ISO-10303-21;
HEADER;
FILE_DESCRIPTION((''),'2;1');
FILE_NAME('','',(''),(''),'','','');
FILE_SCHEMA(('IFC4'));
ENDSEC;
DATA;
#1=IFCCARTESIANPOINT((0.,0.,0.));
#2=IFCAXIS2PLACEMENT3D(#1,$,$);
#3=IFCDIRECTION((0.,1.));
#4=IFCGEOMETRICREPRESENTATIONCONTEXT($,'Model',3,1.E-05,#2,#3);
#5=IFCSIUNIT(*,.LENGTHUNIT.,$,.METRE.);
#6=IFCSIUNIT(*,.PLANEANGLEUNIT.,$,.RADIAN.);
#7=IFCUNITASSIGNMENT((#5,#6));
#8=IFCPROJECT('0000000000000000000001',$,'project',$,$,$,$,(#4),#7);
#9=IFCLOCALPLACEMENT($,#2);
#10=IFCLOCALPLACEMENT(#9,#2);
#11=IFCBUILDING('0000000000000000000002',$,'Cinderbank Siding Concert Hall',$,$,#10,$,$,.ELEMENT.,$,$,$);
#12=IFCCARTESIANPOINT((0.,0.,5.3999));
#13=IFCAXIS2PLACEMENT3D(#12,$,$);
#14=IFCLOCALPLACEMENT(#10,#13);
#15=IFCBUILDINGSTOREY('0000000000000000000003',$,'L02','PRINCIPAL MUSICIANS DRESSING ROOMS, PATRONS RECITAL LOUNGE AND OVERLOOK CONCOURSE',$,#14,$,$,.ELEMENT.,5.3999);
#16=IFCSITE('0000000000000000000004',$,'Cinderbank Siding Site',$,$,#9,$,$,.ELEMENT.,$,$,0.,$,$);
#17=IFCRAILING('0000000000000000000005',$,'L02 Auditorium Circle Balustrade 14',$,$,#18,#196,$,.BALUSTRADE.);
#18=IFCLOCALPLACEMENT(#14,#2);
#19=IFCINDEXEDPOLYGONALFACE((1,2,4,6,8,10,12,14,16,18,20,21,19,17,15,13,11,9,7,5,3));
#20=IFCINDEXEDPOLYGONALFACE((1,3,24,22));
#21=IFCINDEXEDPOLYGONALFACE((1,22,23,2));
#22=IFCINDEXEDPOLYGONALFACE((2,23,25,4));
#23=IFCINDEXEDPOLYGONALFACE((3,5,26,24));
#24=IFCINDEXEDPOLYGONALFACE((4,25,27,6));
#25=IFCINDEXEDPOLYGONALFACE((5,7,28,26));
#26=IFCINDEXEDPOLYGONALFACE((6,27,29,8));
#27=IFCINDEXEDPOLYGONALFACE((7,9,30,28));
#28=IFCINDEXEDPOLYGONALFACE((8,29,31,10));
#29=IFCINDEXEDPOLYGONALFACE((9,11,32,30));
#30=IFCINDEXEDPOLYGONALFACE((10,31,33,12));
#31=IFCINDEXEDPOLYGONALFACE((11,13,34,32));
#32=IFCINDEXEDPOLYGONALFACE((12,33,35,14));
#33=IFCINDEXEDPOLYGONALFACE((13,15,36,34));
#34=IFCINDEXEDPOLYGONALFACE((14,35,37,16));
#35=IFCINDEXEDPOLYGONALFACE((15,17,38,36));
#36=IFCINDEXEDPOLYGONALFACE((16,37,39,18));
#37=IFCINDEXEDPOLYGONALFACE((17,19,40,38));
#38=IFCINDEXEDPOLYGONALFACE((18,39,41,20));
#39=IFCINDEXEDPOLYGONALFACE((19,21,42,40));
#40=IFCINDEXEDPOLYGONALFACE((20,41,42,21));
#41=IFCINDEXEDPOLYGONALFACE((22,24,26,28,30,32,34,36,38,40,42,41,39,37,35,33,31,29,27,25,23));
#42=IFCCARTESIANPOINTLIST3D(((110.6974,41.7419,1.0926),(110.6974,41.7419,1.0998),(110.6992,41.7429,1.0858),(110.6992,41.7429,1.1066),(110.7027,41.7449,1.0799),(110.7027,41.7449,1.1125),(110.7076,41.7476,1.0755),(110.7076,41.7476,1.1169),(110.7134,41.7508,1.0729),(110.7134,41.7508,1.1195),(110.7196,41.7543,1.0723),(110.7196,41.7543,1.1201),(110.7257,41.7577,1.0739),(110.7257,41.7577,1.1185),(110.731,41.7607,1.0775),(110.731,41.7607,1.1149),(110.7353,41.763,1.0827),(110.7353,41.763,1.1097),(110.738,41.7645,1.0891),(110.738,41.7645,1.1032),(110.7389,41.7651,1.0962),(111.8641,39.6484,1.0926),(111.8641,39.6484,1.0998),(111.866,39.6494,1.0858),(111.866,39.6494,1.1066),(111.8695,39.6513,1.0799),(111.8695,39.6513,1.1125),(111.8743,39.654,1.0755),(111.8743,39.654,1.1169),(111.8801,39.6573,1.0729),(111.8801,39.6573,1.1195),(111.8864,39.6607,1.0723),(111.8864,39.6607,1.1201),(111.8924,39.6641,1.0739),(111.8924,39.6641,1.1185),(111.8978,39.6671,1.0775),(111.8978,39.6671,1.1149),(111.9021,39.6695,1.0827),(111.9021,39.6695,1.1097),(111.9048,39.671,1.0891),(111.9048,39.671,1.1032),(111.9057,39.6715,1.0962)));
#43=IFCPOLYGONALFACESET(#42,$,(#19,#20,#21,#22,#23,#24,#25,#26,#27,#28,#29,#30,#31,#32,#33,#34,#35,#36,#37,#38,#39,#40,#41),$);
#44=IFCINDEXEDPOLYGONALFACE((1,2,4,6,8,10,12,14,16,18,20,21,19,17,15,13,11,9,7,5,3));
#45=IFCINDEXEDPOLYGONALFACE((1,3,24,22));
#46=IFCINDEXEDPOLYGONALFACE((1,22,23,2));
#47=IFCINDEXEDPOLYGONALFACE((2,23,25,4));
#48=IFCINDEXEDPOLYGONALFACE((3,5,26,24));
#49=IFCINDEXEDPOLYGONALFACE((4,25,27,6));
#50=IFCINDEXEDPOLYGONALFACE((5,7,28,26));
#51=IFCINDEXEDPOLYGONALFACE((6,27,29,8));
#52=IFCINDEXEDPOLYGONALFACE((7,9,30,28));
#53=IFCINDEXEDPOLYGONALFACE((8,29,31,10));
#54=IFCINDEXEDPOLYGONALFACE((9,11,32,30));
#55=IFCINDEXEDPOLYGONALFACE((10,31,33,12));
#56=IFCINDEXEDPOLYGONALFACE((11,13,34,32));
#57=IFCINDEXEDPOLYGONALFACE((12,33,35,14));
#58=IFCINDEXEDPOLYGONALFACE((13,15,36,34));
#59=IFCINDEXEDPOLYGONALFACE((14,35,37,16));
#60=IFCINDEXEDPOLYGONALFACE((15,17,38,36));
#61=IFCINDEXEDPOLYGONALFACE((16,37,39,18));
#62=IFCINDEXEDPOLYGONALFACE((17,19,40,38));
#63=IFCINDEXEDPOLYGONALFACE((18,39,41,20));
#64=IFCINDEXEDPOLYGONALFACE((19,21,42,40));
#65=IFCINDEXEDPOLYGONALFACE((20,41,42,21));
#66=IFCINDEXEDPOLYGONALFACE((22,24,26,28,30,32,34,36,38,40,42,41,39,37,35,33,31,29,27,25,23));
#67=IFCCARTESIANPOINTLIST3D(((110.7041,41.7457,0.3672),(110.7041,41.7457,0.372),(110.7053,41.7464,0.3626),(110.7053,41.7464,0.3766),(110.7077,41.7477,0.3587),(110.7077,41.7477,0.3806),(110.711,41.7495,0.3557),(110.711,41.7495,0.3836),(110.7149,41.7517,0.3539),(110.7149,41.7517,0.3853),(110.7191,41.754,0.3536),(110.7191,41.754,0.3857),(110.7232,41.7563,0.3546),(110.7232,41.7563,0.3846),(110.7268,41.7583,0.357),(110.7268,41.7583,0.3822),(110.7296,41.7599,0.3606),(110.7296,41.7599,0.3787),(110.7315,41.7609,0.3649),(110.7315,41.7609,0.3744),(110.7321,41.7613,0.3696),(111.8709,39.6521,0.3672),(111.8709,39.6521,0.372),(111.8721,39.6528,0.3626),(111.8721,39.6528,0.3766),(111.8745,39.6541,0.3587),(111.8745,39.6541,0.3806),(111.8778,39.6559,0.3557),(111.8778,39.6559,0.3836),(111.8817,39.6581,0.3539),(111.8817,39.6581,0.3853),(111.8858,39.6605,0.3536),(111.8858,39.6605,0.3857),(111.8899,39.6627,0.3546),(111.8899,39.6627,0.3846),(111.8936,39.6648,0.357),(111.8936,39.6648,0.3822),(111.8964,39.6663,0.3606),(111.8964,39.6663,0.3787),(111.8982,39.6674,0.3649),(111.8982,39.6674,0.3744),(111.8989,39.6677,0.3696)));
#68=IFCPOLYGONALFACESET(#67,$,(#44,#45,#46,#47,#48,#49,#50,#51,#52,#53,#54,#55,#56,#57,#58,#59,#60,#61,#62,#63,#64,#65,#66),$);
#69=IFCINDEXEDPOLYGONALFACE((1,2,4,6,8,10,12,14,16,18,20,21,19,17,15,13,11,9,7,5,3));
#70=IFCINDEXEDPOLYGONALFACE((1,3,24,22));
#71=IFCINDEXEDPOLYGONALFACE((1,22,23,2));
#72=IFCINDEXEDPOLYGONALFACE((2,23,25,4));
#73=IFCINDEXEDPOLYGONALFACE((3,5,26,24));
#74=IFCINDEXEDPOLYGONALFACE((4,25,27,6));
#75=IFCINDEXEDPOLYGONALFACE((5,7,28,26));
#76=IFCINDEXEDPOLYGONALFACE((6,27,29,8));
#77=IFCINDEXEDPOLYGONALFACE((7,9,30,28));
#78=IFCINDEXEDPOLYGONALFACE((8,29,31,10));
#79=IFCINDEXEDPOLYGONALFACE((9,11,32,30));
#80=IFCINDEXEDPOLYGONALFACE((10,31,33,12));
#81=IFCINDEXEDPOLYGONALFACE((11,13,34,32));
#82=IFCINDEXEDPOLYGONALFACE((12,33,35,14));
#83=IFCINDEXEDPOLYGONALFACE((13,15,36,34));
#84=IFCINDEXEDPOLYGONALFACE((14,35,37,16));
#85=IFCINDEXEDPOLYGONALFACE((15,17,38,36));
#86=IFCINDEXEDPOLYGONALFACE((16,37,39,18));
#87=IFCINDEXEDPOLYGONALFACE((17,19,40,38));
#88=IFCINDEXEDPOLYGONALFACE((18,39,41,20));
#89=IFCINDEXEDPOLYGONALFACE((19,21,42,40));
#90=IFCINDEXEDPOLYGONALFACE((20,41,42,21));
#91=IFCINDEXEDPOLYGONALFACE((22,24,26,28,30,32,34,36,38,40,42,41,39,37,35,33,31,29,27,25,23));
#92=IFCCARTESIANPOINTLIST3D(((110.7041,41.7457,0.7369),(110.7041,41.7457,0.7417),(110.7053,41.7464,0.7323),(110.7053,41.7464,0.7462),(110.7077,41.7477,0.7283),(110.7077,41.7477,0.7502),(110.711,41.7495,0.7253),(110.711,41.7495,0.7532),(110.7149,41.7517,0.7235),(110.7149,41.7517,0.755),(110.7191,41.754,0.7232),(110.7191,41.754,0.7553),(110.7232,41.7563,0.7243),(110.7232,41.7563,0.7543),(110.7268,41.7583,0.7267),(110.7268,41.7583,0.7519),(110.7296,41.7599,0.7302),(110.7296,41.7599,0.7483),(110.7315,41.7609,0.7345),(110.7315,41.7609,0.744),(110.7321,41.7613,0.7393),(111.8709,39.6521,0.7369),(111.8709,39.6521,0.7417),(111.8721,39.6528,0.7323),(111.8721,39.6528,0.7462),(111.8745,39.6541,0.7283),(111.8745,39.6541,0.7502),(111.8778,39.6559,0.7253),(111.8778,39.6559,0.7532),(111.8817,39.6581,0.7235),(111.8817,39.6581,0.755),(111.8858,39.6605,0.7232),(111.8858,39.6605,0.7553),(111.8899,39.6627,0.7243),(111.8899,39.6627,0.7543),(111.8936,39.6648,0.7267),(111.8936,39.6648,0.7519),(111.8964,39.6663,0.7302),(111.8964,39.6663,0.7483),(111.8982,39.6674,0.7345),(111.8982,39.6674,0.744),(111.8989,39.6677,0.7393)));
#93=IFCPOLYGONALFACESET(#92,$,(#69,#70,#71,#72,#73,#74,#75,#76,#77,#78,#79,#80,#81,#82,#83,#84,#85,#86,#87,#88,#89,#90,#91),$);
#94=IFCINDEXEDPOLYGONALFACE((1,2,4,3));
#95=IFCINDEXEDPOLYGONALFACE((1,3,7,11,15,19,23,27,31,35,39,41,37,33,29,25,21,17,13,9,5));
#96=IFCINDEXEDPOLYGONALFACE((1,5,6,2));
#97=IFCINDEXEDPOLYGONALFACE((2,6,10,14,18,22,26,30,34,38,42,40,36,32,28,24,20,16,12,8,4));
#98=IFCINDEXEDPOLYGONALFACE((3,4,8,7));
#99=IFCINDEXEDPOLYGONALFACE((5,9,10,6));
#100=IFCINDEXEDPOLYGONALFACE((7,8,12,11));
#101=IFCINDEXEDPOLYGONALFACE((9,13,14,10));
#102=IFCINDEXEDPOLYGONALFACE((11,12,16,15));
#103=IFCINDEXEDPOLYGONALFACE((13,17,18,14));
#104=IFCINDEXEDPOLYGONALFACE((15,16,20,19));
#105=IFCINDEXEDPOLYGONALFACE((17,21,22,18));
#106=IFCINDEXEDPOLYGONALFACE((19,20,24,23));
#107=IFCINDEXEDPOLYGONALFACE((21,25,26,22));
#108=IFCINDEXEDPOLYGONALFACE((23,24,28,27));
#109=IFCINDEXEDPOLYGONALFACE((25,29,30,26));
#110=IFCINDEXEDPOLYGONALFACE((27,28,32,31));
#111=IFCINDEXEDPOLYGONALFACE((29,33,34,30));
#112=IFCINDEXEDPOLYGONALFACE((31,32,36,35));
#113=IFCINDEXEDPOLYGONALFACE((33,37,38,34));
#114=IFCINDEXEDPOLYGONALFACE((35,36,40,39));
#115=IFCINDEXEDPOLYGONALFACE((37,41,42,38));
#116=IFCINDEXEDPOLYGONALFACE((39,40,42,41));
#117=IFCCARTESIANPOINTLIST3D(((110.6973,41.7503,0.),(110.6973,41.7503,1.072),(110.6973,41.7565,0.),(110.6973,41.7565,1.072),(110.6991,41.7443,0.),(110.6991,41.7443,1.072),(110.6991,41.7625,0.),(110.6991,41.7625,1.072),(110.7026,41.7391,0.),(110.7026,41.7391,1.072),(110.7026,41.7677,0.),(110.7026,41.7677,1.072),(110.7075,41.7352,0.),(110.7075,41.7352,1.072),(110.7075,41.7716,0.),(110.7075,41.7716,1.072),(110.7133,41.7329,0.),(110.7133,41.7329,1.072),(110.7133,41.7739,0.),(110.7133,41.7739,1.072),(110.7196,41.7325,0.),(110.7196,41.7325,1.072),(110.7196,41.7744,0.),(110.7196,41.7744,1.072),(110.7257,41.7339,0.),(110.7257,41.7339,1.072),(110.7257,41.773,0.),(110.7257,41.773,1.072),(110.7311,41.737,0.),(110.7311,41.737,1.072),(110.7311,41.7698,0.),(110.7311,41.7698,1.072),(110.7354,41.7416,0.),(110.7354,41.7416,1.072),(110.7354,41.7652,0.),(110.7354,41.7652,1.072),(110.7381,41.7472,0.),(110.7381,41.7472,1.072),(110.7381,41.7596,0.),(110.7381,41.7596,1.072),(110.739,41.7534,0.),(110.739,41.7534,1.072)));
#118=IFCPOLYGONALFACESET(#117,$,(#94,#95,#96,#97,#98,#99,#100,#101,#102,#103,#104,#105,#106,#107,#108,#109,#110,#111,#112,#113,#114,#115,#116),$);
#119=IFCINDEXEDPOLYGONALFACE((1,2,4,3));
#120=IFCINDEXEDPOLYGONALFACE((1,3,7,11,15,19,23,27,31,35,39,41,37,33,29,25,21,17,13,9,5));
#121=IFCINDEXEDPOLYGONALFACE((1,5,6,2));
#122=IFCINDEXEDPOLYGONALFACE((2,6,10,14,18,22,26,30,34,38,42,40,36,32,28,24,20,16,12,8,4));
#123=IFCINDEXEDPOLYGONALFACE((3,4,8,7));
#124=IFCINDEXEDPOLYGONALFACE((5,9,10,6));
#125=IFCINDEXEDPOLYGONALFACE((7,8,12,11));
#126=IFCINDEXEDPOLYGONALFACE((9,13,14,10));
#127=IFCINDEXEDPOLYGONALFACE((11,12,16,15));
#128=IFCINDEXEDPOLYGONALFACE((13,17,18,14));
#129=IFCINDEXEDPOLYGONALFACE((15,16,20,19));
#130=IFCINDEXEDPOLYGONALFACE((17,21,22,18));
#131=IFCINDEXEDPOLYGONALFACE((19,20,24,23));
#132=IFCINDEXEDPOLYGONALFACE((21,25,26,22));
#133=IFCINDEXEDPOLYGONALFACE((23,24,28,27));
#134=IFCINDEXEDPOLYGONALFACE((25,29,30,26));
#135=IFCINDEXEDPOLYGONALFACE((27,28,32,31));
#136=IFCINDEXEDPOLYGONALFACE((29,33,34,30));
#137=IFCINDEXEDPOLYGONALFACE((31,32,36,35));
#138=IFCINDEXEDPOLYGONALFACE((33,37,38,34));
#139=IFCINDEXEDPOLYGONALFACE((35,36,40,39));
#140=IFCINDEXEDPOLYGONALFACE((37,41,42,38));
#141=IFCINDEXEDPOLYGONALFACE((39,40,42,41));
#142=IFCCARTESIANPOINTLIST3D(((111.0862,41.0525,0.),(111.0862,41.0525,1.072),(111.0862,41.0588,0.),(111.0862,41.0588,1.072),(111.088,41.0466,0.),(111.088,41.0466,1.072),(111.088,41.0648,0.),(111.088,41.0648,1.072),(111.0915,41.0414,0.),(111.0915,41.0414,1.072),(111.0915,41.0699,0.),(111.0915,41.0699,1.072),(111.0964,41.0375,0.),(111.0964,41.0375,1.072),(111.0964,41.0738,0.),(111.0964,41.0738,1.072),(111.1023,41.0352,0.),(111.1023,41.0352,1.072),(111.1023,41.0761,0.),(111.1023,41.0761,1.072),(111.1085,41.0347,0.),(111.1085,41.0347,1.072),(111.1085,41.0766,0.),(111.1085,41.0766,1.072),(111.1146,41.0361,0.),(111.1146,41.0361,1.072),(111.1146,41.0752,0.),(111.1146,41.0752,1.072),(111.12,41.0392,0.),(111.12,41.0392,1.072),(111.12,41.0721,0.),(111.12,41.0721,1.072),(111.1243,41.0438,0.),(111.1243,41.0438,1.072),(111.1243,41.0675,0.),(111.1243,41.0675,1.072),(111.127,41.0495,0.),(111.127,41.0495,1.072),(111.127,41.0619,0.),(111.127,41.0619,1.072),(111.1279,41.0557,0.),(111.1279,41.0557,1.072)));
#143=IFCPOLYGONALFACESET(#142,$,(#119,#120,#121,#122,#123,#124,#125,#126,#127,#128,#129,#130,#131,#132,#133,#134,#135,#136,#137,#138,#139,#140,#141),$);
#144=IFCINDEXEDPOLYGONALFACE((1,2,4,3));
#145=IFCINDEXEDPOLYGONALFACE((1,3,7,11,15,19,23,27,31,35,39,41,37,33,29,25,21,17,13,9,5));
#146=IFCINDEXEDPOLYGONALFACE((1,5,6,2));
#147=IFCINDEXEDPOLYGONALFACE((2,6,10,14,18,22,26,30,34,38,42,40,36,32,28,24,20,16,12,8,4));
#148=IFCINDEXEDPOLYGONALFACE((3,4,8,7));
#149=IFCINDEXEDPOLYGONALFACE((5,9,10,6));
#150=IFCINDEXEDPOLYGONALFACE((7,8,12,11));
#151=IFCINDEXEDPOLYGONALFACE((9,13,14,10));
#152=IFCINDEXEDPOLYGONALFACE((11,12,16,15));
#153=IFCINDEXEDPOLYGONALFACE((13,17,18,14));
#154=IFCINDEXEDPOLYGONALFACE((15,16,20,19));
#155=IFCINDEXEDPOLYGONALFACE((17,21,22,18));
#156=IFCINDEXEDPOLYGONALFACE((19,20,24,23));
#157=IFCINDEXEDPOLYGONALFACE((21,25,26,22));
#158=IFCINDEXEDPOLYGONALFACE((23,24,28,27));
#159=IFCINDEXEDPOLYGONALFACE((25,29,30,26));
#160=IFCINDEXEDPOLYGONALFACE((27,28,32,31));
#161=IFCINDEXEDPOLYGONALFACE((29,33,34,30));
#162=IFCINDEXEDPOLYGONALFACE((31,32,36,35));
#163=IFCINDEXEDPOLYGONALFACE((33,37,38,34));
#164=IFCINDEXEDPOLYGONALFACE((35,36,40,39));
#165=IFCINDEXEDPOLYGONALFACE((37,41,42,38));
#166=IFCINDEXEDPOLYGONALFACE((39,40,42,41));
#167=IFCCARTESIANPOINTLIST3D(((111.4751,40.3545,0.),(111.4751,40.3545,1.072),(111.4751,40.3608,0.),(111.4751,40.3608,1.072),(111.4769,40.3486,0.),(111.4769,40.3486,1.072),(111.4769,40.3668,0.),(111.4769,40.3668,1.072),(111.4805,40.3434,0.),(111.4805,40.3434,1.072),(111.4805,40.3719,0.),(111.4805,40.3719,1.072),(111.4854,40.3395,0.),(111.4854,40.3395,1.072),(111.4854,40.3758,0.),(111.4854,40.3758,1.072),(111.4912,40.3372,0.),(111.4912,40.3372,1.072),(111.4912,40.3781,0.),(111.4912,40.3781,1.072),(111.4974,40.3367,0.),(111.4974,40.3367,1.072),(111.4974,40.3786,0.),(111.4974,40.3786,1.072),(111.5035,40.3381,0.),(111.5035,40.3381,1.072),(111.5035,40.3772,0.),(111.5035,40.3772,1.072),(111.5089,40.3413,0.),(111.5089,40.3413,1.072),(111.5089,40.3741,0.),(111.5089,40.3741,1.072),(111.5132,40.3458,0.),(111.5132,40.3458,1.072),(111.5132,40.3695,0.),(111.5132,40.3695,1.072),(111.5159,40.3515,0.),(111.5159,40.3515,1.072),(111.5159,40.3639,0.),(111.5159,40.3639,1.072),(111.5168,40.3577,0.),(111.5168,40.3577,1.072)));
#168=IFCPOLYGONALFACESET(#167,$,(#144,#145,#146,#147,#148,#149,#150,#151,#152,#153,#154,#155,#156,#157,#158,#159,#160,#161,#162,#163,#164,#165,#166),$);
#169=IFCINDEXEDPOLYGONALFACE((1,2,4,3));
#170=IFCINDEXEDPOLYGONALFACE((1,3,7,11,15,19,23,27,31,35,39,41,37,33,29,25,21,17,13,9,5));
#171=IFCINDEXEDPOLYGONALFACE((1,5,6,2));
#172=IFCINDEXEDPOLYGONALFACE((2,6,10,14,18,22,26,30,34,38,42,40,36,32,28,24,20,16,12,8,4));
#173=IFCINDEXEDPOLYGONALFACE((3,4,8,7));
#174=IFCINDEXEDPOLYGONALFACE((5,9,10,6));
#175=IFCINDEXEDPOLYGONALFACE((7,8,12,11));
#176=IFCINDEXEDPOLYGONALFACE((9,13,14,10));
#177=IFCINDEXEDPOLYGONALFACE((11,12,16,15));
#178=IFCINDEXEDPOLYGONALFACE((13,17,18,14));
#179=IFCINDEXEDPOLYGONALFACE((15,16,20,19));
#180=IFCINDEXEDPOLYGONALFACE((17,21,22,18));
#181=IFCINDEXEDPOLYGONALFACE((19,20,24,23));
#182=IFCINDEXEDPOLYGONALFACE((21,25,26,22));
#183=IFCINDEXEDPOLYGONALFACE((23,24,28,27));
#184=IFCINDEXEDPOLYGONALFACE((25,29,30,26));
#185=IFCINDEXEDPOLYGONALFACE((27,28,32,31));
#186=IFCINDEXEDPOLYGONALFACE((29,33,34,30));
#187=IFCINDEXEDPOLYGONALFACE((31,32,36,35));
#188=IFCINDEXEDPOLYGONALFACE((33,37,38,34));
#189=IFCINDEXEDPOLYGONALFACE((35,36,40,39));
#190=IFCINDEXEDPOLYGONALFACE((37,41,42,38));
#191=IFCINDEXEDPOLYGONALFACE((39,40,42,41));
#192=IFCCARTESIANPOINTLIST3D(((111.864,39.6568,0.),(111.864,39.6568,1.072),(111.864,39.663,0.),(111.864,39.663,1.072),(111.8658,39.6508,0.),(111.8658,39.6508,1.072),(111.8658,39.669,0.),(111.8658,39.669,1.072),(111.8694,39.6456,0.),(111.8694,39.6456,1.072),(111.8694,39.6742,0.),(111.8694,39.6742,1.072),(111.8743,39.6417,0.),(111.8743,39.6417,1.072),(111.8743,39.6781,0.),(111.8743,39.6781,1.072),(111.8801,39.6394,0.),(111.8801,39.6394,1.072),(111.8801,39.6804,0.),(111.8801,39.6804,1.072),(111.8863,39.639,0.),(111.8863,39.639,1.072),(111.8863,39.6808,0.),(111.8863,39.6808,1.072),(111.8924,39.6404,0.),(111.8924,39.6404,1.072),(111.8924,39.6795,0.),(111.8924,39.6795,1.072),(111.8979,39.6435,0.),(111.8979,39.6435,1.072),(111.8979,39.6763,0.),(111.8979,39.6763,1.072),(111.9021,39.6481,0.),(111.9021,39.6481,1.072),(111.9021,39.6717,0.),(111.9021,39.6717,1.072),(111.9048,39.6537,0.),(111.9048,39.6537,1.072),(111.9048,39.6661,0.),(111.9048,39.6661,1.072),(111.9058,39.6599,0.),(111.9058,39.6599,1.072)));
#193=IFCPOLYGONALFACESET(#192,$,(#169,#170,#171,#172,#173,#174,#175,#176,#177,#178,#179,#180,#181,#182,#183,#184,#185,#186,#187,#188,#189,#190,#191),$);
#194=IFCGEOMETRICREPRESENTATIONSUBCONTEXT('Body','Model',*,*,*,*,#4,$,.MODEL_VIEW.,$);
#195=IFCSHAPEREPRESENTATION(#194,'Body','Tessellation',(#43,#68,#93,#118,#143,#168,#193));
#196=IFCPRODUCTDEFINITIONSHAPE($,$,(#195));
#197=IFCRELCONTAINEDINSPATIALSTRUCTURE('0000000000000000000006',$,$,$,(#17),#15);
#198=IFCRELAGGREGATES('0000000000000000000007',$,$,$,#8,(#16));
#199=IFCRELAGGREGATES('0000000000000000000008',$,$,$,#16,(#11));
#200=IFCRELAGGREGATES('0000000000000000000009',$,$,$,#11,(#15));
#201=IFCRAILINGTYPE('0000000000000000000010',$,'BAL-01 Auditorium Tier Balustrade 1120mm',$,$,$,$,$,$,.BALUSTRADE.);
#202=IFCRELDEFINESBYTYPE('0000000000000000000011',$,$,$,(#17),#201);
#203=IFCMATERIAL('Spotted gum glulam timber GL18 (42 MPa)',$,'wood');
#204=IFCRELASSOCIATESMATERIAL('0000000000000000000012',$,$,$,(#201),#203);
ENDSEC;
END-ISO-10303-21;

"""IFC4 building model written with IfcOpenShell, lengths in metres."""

from ifc_helpers import new_model, si_unit, direction, frame, origin, origin_2d, place, context, subcontext, project, spatial, circle, extrude, material, type_object, element, save


model = new_model("IFC4")

# Units and contexts
model_context = context("Model", 3, precision=1e-05, world=origin(), true_north=direction((0.0, 1.0)))
body_context = subcontext(model_context, "Body", "Model", "MODEL_VIEW")
ifc_project = project(units=[si_unit("LENGTHUNIT", "METRE"), si_unit("PLANEANGLEUNIT", "RADIAN")], contexts=[model_context])

# Site, building, storey
site_placement = place(None, origin())
site = spatial("IfcSite", under=ifc_project, at=site_placement, Name="Cinderbank Siding Site", CompositionType="ELEMENT", RefElevation=0.0)
building_placement = place(site_placement, origin())
building = spatial("IfcBuilding", under=site, at=building_placement, Name="Cinderbank Siding Concert Hall", CompositionType="ELEMENT")
storey_placement = place(building_placement, frame((0.0, 0.0, 5.3999)))
storey = spatial("IfcBuildingStorey", under=building, at=storey_placement, Name="L02", Description="PRINCIPAL MUSICIANS DRESSING ROOMS, PATRONS RECITAL LOUNGE AND OVERLOOK CONCOURSE", CompositionType="ELEMENT", Elevation=5.3999)

# Railing
ifc_material_1 = material(Name="Spotted gum glulam timber GL18 (42 MPa)", Category="wood")
railing_type = type_object("IfcRailingType", Name="BAL-01 Auditorium Tier Balustrade 1120mm", PredefinedType="BALUSTRADE", material=ifc_material_1)
railing_1_placement = place(storey_placement, frame((110.718, 41.7534, 0.0)))
element("IfcRailing", 1, at=railing_1_placement, inside=storey, type_object=railing_type, Name="L02 Auditorium Circle Balustrade 14", PredefinedType="BALUSTRADE", context=body_context, shape_type="SweptSolid", body=[
    extrude(circle(Radius=0.0239, at=origin_2d()), frame((0.0, 0.0, 1.0962), z_axis=(0.486819, -0.873503, 0.0), x_axis=(0.873503, 0.486819, 0.0)), (0.0, 0.0, 1.0), 2.3967),
    extrude(circle(Radius=0.0161, at=origin_2d()), frame((0.0, 0.0, 0.3696), z_axis=(0.486819, -0.873503, 0.0), x_axis=(0.873503, 0.486819, 0.0)), (0.0, 0.0, 1.0), 2.3967),
    extrude(circle(Radius=0.0161, at=origin_2d()), frame((0.0, 0.0, 0.7393), z_axis=(0.486819, -0.873503, 0.0), x_axis=(0.873503, 0.486819, 0.0)), (0.0, 0.0, 1.0), 2.3967),
    extrude(circle(Radius=0.021, at=origin_2d()), origin(), (0.0, 0.0, 1.0), 1.072),
    extrude(circle(Radius=0.021, at=origin_2d()), frame((0.3889, -0.6978, 0.0)), (0.0, 0.0, 1.0), 1.072),
    extrude(circle(Radius=0.021, at=origin_2d()), frame((0.7778, -1.3958, 0.0)), (0.0, 0.0, 1.0), 1.072),
    extrude(circle(Radius=0.021, at=origin_2d()), frame((1.1667, -2.0935, 0.0)), (0.0, 0.0, 1.0), 1.072),
])

save(model, "model.ifc")
